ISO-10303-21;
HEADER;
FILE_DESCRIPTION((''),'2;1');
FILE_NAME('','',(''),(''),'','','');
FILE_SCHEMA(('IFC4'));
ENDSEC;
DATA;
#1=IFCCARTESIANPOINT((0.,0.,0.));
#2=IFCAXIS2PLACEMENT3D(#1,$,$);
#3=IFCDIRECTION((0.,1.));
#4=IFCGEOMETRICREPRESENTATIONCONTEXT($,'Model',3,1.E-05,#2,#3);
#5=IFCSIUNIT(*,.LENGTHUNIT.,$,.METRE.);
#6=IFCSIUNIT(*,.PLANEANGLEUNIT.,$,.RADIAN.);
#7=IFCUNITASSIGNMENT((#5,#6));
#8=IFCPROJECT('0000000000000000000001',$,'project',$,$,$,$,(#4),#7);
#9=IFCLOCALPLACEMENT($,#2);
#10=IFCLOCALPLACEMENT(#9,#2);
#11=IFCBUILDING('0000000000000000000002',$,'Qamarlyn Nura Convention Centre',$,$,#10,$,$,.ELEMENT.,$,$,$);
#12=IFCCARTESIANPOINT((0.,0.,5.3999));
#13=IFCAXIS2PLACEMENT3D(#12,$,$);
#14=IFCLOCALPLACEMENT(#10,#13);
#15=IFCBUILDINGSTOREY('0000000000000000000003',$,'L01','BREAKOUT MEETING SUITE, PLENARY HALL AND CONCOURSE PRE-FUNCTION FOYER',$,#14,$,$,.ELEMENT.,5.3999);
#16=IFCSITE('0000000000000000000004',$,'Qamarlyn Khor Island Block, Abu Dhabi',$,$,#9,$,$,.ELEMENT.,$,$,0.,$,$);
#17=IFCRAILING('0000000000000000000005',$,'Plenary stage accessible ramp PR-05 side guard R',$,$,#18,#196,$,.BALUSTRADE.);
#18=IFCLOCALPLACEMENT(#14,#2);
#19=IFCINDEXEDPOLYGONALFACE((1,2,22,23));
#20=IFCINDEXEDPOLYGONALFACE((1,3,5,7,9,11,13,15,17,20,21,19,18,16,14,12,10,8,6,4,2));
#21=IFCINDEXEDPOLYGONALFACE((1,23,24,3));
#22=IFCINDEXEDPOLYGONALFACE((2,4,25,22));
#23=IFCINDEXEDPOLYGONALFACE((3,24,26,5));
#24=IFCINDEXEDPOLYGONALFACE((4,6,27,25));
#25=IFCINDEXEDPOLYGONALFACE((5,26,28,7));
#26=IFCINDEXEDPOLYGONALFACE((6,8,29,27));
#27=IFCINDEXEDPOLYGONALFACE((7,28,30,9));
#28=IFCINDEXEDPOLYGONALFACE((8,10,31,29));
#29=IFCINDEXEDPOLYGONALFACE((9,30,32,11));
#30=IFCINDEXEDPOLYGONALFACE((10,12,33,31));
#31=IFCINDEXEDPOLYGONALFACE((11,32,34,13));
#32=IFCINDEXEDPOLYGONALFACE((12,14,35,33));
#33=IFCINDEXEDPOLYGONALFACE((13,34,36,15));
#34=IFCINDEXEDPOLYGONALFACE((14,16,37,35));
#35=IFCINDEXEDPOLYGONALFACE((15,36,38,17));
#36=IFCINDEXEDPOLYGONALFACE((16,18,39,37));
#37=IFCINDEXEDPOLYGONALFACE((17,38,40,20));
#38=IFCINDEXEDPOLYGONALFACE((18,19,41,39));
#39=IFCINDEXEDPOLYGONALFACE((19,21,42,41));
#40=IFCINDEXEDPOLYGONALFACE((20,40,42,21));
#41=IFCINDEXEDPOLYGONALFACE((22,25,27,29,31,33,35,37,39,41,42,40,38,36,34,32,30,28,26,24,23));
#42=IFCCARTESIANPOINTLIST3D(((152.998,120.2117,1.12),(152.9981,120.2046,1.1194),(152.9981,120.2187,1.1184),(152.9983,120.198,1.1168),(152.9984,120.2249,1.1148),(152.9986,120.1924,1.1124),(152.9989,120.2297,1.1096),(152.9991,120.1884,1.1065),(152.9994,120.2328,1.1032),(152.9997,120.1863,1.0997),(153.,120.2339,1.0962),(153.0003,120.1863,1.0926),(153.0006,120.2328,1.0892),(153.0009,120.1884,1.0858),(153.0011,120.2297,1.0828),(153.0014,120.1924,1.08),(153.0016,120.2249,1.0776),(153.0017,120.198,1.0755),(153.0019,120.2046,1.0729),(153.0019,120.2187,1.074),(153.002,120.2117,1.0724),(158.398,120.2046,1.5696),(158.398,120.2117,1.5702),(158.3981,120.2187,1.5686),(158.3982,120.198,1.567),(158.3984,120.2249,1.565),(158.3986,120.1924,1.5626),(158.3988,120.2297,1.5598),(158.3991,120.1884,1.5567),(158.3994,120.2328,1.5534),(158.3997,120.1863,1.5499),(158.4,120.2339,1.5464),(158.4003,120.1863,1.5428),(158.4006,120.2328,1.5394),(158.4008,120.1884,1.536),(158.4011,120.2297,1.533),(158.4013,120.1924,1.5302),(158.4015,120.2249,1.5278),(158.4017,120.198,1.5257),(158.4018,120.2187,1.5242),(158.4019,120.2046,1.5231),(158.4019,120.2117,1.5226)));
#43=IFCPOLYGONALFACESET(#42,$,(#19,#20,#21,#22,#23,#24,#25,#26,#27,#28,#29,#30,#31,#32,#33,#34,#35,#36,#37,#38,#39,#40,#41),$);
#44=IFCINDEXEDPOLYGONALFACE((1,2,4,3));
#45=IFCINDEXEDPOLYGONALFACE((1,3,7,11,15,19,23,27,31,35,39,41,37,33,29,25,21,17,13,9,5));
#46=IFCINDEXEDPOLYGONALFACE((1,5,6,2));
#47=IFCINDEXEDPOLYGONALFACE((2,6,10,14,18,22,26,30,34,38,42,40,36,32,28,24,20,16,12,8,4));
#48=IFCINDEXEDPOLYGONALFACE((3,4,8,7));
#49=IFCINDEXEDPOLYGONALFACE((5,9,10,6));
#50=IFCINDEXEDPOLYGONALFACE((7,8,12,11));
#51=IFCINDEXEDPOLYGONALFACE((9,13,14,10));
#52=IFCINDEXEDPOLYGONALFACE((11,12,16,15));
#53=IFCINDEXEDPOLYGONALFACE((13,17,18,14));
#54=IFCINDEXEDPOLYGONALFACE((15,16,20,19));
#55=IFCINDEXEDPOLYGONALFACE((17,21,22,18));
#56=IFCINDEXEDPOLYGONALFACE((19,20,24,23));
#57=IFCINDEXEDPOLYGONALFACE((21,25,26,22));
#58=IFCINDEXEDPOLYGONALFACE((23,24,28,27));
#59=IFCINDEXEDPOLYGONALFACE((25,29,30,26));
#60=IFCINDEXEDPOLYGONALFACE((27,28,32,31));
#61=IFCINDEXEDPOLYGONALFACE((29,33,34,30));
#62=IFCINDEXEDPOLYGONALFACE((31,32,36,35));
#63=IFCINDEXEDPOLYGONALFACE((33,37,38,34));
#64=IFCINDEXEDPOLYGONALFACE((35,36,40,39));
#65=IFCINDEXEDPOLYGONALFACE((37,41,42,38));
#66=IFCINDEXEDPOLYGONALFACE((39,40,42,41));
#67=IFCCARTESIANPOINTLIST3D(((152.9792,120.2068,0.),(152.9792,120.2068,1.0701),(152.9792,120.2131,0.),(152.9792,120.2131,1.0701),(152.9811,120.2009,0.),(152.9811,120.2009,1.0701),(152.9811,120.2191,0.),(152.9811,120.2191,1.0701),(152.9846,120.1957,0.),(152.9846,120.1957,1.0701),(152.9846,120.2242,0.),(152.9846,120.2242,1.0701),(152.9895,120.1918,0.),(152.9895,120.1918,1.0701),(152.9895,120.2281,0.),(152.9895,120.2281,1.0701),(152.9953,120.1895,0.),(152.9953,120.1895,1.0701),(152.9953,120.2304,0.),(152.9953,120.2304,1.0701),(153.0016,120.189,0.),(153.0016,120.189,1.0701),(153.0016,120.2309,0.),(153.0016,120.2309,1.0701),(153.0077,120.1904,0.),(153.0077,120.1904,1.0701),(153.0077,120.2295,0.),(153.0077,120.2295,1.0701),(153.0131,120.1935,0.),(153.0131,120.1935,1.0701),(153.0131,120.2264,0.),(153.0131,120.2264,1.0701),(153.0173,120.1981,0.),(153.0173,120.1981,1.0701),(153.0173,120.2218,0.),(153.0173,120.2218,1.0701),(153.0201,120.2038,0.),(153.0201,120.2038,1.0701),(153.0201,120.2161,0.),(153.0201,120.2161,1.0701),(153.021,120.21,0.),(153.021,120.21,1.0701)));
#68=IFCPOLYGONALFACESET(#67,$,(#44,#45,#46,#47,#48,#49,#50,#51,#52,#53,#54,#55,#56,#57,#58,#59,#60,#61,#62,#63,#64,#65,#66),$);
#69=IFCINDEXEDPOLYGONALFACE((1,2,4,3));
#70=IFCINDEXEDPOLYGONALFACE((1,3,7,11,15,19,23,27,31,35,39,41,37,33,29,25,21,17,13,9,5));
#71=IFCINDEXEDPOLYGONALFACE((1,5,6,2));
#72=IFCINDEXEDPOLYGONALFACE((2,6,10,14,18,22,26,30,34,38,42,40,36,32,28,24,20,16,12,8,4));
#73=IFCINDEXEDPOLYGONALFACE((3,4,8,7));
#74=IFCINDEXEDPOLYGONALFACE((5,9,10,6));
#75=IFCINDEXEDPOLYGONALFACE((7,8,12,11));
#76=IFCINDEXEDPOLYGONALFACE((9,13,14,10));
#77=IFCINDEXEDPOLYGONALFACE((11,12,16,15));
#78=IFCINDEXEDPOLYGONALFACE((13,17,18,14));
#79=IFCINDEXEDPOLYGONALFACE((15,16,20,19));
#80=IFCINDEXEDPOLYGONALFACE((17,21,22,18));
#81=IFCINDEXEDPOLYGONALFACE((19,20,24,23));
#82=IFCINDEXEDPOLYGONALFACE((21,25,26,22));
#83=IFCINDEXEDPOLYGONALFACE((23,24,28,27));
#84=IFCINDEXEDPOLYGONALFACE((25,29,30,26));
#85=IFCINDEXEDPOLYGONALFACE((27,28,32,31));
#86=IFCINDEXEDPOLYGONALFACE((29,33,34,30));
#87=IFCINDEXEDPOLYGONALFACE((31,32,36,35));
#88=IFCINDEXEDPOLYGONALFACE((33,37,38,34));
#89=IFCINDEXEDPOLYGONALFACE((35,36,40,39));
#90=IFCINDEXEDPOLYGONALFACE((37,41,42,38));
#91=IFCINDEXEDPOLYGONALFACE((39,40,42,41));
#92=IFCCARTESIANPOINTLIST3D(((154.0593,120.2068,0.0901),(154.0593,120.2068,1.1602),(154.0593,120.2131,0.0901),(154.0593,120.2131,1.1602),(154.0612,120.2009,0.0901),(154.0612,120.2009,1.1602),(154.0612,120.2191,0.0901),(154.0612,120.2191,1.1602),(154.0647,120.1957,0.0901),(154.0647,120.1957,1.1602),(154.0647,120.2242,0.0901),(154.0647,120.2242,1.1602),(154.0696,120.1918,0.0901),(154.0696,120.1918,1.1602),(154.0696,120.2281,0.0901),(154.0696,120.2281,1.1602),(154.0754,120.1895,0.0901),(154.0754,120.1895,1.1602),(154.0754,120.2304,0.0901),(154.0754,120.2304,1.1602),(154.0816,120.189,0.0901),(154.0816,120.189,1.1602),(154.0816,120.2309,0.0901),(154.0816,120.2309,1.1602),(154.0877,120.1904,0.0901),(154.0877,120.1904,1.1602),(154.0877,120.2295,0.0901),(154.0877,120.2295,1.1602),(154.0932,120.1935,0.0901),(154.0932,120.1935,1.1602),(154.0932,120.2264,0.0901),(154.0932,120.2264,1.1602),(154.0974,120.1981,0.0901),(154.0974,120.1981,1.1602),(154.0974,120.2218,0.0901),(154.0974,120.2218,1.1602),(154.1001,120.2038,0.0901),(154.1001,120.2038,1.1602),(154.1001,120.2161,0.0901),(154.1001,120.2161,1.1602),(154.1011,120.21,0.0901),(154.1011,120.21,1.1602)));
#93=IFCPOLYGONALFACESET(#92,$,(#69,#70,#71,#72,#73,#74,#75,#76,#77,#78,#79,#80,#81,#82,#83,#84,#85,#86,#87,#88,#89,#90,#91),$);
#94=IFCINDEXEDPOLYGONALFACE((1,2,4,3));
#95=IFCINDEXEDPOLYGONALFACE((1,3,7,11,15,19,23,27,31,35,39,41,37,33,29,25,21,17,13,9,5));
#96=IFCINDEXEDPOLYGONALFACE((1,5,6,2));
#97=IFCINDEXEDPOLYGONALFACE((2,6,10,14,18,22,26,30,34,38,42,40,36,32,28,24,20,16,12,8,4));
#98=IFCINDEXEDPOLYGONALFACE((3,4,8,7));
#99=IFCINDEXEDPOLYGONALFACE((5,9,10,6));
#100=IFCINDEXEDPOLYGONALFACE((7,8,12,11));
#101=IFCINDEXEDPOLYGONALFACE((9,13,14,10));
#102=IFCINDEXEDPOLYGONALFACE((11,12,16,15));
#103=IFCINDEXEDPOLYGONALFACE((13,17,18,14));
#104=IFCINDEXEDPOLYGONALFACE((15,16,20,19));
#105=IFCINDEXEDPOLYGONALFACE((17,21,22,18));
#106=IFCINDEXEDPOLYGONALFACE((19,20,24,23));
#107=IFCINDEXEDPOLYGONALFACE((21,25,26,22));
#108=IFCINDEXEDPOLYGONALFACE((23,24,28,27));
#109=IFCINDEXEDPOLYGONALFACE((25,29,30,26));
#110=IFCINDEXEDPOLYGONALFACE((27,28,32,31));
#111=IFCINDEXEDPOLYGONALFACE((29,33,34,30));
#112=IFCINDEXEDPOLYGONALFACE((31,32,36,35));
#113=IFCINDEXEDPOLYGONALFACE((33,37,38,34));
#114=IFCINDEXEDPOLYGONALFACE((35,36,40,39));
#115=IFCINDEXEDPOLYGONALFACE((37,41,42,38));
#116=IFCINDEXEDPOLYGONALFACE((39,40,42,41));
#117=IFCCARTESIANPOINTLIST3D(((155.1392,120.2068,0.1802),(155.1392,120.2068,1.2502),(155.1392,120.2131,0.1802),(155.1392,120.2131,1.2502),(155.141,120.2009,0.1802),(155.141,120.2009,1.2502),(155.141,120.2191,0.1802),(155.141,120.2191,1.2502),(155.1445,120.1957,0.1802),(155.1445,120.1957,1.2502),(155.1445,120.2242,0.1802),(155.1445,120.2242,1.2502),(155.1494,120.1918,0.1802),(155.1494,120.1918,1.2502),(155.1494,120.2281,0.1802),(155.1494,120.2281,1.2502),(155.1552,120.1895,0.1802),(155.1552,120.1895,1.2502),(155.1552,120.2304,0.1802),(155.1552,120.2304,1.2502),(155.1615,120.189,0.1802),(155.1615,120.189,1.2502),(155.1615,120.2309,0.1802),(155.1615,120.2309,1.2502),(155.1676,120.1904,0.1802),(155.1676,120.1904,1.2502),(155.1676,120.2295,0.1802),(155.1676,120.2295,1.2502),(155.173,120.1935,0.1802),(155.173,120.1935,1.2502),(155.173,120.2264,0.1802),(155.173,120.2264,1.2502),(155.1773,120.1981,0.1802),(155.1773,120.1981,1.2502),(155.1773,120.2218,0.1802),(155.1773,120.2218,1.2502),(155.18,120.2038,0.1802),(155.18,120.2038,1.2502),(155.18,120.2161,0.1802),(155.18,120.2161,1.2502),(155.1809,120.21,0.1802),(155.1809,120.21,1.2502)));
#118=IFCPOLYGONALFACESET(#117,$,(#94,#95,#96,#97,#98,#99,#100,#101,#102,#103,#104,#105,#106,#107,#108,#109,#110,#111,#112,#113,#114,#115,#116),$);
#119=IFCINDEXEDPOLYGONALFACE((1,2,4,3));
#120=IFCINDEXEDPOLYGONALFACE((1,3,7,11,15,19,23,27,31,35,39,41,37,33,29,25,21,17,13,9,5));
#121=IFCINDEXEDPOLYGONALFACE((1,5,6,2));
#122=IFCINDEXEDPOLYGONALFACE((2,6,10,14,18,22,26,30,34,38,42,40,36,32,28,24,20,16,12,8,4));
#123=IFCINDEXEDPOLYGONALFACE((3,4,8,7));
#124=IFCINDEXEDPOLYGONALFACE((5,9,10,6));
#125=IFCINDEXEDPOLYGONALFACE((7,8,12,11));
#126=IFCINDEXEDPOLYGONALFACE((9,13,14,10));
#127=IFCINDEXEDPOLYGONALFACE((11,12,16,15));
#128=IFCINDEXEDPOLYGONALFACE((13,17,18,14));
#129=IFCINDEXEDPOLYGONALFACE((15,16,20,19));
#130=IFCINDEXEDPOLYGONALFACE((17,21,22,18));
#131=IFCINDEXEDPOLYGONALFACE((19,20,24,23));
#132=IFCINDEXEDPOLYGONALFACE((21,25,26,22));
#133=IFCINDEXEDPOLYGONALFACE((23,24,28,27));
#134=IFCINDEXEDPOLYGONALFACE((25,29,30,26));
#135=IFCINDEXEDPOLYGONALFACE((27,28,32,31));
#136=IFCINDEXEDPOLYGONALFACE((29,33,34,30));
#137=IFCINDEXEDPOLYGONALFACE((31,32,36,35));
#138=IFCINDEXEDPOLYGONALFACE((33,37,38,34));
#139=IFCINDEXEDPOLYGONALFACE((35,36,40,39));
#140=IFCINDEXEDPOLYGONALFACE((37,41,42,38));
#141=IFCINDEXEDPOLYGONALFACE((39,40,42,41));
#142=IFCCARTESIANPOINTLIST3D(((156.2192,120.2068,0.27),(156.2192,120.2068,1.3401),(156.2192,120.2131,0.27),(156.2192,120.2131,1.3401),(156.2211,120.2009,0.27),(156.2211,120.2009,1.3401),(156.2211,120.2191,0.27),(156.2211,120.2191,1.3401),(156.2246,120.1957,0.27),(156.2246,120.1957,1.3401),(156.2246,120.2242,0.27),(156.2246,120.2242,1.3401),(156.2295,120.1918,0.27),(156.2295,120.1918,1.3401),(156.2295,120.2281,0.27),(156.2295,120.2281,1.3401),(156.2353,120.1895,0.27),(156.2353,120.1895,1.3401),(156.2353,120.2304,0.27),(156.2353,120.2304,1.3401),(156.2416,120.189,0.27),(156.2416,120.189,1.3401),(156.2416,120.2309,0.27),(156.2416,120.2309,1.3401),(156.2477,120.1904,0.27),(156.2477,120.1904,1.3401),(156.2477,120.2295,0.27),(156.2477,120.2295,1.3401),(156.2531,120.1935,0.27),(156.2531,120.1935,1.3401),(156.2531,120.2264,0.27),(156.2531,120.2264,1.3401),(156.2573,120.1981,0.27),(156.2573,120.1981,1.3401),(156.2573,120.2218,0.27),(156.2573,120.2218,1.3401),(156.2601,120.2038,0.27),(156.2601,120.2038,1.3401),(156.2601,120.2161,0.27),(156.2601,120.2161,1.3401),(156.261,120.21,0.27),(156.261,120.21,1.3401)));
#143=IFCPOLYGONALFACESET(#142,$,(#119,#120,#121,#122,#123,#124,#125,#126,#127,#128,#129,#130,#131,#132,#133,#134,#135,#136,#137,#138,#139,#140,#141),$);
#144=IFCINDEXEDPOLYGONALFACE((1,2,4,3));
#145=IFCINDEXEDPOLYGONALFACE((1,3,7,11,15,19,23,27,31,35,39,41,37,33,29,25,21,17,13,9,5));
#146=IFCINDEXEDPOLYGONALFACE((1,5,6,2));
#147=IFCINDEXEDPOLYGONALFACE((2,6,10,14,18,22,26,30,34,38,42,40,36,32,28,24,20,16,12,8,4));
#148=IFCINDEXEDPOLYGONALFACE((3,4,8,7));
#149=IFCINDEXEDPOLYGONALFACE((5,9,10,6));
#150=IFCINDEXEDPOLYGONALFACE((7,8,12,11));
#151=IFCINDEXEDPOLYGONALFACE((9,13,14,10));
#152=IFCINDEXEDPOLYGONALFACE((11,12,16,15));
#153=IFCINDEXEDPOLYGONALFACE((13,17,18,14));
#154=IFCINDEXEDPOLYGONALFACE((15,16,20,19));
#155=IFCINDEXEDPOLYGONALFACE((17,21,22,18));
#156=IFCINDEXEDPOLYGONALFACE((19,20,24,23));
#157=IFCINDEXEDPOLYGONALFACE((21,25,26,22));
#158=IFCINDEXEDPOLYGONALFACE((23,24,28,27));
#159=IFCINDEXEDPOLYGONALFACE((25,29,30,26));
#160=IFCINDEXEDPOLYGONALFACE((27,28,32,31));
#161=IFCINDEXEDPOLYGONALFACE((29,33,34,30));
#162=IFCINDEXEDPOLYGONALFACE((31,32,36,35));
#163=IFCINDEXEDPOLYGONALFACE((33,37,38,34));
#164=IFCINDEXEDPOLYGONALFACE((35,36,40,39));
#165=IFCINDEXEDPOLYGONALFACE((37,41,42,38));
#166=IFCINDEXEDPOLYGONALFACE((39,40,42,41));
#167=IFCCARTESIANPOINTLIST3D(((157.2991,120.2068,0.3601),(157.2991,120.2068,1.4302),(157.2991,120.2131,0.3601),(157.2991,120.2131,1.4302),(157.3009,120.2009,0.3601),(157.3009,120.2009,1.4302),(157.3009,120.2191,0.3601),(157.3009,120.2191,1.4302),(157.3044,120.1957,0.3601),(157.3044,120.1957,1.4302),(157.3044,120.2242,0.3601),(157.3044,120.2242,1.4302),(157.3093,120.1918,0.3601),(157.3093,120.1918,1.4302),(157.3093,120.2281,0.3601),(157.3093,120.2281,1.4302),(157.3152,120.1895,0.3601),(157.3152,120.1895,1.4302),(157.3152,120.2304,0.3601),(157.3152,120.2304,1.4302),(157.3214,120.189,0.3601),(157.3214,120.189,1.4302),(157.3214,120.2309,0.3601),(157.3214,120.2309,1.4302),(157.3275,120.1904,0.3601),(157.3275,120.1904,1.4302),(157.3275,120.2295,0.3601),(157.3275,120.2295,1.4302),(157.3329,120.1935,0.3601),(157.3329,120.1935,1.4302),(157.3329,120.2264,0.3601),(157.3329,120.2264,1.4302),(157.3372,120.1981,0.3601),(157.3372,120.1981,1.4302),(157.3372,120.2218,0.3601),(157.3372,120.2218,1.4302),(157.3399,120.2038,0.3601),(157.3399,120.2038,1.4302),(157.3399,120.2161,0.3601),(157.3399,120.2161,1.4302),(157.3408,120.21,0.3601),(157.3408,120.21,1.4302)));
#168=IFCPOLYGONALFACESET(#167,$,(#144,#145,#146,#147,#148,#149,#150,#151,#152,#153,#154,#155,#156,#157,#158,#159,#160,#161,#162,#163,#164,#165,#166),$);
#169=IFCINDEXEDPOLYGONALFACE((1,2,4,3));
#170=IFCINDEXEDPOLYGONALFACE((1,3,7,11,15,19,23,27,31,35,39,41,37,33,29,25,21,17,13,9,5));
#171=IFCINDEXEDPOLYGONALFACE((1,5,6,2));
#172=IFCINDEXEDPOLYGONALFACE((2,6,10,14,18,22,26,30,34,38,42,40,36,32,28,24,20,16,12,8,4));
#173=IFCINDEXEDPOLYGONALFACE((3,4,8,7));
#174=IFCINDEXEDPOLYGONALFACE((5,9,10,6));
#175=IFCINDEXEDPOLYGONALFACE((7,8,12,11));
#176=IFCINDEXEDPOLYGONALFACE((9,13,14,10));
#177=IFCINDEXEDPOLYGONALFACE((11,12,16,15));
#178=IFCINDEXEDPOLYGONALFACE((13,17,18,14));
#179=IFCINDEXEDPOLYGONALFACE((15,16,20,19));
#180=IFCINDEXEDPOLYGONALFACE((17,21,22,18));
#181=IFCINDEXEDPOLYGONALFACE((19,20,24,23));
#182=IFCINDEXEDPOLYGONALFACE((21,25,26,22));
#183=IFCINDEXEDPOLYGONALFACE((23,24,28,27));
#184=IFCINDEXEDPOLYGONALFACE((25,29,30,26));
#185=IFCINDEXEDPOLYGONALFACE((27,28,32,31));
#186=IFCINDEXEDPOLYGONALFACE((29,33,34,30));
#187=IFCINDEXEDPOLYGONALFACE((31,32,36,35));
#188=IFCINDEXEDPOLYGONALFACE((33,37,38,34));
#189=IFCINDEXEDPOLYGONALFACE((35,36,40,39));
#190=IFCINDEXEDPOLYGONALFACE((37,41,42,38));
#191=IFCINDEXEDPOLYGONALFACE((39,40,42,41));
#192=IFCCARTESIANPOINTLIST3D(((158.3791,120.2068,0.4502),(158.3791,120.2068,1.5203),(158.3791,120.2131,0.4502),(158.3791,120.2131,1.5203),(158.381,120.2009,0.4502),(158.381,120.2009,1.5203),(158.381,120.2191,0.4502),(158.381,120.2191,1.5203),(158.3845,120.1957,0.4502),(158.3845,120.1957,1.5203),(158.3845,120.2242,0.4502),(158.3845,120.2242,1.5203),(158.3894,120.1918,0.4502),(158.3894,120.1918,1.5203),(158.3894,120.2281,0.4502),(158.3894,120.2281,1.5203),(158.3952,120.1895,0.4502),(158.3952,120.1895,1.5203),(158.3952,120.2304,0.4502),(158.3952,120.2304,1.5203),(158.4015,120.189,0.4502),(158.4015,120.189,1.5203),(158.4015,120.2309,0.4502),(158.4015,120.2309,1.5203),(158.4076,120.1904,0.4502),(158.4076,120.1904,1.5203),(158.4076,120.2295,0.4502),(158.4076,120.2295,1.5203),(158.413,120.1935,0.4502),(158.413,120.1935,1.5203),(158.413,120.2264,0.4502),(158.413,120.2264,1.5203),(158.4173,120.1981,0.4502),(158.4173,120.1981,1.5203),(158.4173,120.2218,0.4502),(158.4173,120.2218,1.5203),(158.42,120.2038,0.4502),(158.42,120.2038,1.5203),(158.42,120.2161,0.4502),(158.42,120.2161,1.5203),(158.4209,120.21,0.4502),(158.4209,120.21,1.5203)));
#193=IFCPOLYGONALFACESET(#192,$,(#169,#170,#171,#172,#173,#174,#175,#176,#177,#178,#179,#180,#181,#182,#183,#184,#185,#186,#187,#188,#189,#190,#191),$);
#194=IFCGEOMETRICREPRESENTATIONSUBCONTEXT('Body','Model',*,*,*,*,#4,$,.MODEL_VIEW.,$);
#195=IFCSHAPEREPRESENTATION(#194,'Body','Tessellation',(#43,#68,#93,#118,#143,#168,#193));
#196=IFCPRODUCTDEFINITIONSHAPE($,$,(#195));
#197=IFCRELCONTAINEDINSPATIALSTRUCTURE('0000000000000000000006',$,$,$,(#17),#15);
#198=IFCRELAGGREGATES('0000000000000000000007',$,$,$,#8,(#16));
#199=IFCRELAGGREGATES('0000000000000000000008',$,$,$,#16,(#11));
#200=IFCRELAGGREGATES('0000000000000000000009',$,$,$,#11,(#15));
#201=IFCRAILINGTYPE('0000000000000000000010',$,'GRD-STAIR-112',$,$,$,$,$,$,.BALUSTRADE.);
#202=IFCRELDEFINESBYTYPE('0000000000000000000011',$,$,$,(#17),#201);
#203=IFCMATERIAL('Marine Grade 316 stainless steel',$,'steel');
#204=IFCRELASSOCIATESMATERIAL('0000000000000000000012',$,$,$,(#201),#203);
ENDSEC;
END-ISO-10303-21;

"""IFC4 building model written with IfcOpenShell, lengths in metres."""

from ifc_helpers import new_model, si_unit, direction, frame, origin, origin_2d, place, context, subcontext, project, spatial, circle, extrude, material, type_object, element, save


model = new_model("IFC4")

# Units and contexts
model_context = context("Model", 3, precision=1e-05, world=origin(), true_north=direction((0.0, 1.0)))
body_context = subcontext(model_context, "Body", "Model", "MODEL_VIEW")
ifc_project = project(units=[si_unit("LENGTHUNIT", "METRE"), si_unit("PLANEANGLEUNIT", "RADIAN")], contexts=[model_context])

# Site, building, storey
site_placement = place(None, origin())
site = spatial("IfcSite", under=ifc_project, at=site_placement, Name="Qamarlyn Khor Island Block, Abu Dhabi", CompositionType="ELEMENT", RefElevation=0.0)
building_placement = place(site_placement, origin())
building = spatial("IfcBuilding", under=site, at=building_placement, Name="Qamarlyn Nura Convention Centre", CompositionType="ELEMENT")
storey_placement = place(building_placement, frame((0.0, 0.0, 5.3999)))
storey = spatial("IfcBuildingStorey", under=building, at=storey_placement, Name="L01", Description="BREAKOUT MEETING SUITE, PLENARY HALL AND CONCOURSE PRE-FUNCTION FOYER", CompositionType="ELEMENT", Elevation=5.3999)

# Railing
ifc_material_1 = material(Name="Marine Grade 316 stainless steel", Category="steel")
railing_type_1 = type_object("IfcRailingType", Name="GRD-STAIR-112", PredefinedType="BALUSTRADE", material=ifc_material_1)
for number, where, name in (
    (1, (153.0, 120.21, 0.0), "Plenary stage accessible ramp PR-05 side guard R"),
):
    element("IfcRailing", number, at=place(storey_placement, frame(where)), inside=storey, type_object=railing_type_1, Name=name, PredefinedType="BALUSTRADE", context=body_context, shape_type="SweptSolid", body=[
        extrude(circle(Radius=0.0239, at=origin_2d()), frame((0.0, 0.0, 1.0962), z_axis=(0.996543, 0.0, 0.083083), x_axis=(0.0, 1.0, 0.0)), (0.0, 0.0, 1.0), 5.4187),
        extrude(circle(Radius=0.021, at=origin_2d()), origin(), (0.0, 0.0, 1.0), 1.0701),
        extrude(circle(Radius=0.021, at=origin_2d()), frame((1.0801, 0.0, 0.0901)), (0.0, 0.0, 1.0), 1.0701),
        extrude(circle(Radius=0.021, at=origin_2d()), frame((2.1599, 0.0, 0.1802)), (0.0, 0.0, 1.0), 1.0701),
        extrude(circle(Radius=0.021, at=origin_2d()), frame((3.24, 0.0, 0.27)), (0.0, 0.0, 1.0), 1.0701),
        extrude(circle(Radius=0.021, at=origin_2d()), frame((4.3198, 0.0, 0.3601)), (0.0, 0.0, 1.0), 1.0701),
        extrude(circle(Radius=0.021, at=origin_2d()), frame((5.3999, 0.0, 0.4502)), (0.0, 0.0, 1.0), 1.0701),
    ])

save(model, "model.ifc")
